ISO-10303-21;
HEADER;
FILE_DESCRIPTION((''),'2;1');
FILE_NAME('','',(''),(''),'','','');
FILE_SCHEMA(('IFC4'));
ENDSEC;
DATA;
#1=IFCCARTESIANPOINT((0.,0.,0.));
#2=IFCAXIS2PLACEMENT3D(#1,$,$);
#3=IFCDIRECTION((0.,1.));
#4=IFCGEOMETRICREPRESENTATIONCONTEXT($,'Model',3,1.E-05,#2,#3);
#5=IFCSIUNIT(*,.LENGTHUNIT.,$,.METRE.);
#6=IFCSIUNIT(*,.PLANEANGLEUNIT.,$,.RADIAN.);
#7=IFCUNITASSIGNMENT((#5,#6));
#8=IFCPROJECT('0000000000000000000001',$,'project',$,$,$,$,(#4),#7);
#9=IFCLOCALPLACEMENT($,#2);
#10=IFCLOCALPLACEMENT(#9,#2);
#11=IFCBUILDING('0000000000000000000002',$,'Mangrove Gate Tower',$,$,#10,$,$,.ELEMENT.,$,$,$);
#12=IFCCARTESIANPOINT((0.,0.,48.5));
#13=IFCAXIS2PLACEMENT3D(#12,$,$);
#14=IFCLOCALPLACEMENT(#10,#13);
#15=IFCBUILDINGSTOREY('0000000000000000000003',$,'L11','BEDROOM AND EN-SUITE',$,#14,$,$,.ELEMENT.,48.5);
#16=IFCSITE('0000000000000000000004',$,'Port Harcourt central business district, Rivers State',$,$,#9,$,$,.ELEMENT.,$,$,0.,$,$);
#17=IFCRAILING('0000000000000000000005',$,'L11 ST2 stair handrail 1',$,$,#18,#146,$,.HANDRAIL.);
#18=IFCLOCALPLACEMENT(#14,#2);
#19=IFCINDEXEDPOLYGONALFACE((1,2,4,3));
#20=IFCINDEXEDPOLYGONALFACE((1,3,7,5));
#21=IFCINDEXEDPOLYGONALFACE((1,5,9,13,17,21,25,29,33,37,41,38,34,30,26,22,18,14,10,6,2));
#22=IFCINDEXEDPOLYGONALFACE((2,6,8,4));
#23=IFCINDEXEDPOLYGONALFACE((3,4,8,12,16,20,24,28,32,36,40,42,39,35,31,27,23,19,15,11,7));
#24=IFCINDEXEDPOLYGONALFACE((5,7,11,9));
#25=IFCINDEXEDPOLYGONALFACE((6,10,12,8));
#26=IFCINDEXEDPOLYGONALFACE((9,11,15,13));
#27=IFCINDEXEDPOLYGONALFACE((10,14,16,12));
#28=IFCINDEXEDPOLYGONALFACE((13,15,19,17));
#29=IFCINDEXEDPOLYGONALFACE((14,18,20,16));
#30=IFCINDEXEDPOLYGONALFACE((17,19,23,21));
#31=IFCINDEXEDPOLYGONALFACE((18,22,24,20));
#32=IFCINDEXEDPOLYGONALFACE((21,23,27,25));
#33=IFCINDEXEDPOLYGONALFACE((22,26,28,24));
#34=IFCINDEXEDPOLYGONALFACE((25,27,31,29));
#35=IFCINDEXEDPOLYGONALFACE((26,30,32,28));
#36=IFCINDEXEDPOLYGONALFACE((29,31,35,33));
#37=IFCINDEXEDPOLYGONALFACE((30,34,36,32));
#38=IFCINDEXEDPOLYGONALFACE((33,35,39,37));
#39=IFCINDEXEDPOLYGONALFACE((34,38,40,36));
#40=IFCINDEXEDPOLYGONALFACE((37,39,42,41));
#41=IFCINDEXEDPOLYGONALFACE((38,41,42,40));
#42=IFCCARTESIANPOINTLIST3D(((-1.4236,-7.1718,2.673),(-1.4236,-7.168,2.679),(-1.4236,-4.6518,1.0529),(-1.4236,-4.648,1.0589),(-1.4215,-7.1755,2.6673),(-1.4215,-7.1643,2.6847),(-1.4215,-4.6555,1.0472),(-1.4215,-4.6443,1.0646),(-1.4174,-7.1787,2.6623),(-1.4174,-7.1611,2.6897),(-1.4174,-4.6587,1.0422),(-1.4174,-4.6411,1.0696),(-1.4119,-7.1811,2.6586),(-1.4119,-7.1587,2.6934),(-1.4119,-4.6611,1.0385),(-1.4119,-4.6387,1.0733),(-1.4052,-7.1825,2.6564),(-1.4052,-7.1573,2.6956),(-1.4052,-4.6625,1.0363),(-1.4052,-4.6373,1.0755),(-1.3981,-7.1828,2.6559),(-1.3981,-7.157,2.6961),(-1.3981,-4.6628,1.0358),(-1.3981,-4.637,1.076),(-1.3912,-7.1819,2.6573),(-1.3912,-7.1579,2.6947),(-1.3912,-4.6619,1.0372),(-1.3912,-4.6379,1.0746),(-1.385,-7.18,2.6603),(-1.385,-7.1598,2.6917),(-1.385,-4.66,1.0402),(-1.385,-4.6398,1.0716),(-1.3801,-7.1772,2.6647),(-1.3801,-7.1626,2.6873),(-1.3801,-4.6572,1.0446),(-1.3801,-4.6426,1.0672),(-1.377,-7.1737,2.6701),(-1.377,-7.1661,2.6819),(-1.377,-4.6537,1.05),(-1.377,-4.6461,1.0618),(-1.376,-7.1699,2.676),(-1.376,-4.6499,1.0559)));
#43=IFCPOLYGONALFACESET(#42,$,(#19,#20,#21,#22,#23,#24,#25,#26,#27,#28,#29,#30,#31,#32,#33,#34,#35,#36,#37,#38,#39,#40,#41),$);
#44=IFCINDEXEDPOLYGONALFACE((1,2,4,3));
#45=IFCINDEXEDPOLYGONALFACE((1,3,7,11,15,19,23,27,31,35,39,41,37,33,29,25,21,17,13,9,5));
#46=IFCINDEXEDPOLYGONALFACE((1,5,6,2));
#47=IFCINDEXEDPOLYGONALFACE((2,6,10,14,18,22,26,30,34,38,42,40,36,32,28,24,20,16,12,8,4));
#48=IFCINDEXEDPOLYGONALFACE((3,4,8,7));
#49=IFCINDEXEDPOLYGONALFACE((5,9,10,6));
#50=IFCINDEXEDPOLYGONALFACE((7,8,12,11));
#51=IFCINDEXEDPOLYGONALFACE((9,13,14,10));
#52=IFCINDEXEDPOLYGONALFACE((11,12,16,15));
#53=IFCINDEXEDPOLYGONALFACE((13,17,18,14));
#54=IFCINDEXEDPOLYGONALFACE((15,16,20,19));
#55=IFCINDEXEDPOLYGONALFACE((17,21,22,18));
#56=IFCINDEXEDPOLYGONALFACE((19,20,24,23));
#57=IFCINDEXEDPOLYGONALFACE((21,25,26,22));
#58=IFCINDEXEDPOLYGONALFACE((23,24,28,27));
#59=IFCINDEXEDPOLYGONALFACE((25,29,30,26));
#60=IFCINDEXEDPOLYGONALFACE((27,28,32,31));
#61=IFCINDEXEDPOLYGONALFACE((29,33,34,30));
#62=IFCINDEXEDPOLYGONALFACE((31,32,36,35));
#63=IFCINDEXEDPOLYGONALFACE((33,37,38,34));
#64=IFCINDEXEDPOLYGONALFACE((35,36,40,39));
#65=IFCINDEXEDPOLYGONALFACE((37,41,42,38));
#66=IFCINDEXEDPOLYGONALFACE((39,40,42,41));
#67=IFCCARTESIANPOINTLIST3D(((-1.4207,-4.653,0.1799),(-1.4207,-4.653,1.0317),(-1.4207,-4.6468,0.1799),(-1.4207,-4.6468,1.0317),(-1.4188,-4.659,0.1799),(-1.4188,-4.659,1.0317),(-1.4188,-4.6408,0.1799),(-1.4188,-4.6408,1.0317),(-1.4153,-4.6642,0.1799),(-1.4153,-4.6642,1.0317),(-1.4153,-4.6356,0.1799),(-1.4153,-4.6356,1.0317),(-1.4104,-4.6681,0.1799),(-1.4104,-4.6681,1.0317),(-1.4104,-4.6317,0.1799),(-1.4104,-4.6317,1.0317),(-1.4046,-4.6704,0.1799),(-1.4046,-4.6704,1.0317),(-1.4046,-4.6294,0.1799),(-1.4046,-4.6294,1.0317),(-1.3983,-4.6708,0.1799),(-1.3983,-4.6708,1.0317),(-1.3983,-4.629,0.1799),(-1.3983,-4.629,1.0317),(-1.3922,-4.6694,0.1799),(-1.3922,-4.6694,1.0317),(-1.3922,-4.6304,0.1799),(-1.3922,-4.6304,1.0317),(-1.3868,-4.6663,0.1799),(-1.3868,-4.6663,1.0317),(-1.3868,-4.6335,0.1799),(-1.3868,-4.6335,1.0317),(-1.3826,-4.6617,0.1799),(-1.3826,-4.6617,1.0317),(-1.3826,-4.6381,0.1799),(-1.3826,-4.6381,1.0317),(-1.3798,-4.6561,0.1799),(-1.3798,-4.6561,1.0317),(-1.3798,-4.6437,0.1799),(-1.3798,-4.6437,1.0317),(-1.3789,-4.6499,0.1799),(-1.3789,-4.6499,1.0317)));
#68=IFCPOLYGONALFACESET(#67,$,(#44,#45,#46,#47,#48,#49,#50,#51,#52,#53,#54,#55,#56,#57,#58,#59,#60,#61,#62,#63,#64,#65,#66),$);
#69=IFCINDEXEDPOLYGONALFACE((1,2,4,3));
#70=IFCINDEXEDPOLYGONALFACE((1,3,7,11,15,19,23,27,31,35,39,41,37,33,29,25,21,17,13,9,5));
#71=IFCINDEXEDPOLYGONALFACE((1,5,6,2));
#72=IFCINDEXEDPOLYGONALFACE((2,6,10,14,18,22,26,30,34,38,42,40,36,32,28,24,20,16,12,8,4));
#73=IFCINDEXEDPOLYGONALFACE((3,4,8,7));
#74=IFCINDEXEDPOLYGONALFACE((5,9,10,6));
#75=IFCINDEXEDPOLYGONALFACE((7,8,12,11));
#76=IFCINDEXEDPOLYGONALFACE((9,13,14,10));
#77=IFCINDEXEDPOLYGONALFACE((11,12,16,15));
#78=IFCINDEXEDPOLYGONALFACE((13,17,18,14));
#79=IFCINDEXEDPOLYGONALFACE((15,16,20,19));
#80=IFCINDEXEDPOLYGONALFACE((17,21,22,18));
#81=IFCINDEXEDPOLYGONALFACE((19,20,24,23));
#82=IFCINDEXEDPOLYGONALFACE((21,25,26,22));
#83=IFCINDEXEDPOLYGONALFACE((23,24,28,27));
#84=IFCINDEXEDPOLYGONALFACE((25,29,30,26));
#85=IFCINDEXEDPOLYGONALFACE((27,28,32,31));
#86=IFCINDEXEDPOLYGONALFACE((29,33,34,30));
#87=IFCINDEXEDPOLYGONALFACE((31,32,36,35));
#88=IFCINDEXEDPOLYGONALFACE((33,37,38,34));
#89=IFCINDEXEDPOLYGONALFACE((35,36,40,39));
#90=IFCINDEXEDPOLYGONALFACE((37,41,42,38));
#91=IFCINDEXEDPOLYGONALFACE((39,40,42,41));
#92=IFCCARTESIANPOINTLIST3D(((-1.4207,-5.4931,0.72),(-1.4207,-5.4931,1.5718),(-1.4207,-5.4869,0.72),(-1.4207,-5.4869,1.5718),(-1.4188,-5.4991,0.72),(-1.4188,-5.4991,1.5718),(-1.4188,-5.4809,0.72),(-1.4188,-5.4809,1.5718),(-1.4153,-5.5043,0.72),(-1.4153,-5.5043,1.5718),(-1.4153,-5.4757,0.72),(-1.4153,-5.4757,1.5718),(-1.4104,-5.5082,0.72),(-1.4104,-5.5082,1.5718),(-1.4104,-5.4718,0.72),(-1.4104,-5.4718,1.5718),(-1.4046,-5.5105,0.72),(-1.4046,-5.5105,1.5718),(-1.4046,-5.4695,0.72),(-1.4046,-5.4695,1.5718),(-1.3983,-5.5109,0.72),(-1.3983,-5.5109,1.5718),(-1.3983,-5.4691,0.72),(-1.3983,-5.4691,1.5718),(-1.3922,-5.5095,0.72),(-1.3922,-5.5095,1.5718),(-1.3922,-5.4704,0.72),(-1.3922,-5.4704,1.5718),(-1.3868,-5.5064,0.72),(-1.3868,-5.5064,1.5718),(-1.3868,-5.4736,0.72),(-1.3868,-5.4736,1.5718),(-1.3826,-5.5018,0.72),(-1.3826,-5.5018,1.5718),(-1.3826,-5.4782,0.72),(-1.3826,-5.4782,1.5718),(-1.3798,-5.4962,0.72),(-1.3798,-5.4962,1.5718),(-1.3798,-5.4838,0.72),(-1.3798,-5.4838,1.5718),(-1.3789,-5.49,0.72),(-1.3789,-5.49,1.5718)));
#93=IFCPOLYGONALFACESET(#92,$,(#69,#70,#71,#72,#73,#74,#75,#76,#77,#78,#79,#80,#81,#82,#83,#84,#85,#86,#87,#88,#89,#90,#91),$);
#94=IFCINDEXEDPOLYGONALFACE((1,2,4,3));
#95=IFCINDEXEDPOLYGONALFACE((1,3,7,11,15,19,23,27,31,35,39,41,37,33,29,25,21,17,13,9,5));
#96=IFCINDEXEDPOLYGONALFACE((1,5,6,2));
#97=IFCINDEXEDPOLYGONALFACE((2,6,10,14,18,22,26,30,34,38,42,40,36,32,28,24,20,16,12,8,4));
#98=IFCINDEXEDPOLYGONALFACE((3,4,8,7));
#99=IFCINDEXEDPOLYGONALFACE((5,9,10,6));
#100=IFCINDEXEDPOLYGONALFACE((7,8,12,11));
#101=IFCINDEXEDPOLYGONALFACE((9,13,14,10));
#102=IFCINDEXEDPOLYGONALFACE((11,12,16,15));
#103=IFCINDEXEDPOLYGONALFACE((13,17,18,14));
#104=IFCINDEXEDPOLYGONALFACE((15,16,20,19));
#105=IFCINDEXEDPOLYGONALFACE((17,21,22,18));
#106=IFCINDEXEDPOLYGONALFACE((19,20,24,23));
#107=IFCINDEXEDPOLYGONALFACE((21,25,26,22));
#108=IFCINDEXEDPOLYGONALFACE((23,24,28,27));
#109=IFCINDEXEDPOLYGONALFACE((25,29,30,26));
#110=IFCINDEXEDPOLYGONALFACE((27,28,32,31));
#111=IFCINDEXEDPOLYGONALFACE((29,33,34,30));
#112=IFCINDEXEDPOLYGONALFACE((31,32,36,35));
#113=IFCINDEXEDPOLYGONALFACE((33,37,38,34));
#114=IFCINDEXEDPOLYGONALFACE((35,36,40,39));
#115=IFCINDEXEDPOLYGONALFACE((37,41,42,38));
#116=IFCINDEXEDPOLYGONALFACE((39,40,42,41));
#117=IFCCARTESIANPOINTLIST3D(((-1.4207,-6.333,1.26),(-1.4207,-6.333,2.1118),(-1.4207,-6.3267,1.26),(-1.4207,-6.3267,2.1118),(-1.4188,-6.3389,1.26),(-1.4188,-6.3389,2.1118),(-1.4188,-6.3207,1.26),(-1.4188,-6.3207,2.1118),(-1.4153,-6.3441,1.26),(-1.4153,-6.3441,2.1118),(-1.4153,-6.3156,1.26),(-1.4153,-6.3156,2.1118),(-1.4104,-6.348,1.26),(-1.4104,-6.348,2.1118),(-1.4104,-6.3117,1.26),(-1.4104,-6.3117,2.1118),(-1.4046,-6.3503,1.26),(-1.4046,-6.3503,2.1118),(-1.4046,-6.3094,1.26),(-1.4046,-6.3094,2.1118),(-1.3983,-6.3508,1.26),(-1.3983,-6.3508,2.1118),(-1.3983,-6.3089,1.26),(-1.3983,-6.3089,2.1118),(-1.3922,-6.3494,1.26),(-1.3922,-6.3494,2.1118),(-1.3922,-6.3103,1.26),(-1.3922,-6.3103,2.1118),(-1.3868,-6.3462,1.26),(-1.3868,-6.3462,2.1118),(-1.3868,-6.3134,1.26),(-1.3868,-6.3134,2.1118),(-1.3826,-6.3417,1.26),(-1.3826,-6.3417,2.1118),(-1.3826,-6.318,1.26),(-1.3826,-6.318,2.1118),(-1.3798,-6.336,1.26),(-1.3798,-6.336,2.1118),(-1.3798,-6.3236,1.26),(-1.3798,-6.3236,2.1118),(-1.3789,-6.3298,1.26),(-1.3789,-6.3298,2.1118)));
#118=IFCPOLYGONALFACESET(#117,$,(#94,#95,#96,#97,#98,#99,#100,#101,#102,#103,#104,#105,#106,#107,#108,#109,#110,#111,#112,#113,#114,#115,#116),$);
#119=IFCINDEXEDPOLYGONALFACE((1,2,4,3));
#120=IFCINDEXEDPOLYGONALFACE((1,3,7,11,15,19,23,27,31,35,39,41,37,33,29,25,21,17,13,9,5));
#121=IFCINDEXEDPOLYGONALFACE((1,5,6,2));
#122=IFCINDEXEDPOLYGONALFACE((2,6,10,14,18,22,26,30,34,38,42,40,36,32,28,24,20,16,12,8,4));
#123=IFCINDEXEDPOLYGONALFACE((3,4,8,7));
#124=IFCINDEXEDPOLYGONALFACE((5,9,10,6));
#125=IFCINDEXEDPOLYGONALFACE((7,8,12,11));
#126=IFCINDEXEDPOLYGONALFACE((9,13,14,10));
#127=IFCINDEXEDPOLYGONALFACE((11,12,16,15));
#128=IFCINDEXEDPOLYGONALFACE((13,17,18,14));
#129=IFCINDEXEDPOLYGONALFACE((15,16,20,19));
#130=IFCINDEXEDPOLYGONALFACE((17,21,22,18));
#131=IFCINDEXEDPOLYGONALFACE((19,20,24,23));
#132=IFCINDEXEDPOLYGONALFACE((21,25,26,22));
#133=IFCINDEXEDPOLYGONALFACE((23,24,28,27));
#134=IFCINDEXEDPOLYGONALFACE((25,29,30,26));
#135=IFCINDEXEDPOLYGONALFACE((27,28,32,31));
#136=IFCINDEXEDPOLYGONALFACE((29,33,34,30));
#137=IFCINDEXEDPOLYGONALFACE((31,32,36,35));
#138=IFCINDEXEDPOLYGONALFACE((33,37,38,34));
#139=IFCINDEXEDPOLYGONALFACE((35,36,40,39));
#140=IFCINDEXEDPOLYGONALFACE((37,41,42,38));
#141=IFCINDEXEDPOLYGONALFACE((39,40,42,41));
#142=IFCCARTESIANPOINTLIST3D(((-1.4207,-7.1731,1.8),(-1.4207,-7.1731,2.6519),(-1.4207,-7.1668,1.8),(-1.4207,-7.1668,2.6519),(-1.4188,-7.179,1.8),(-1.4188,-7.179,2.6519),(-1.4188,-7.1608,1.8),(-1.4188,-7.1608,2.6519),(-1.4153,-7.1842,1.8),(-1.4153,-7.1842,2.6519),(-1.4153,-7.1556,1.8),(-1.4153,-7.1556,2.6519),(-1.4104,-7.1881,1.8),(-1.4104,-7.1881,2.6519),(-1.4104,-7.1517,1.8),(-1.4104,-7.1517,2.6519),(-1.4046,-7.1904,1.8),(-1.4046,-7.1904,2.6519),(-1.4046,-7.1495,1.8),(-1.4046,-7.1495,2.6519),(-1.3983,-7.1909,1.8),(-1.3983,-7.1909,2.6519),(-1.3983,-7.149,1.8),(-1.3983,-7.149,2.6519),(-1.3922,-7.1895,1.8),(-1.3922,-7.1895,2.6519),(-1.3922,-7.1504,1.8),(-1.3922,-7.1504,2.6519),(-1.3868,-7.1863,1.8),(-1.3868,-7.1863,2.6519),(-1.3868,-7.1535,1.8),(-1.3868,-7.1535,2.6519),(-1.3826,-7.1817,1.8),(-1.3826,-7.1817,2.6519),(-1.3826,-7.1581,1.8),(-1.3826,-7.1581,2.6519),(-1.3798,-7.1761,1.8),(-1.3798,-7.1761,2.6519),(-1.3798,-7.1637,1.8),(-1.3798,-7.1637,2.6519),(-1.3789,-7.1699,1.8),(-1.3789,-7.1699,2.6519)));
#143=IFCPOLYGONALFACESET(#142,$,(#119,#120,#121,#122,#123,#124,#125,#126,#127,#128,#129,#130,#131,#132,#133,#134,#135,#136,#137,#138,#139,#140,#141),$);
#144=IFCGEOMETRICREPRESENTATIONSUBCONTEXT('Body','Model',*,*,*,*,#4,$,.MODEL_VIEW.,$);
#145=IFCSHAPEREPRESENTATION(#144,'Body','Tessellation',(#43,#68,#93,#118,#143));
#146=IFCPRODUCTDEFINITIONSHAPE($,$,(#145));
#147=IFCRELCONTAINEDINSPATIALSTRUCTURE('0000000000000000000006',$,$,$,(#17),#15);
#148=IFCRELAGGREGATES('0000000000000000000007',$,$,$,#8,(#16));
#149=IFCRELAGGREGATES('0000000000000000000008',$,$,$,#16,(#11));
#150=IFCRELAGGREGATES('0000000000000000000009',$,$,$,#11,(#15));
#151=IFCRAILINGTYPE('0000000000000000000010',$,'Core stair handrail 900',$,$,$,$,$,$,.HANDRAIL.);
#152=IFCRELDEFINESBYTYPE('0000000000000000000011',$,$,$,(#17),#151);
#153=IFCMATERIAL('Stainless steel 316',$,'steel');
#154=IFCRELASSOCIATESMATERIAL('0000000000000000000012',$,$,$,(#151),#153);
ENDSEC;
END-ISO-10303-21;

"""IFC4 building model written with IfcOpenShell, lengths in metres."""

from ifc_helpers import new_model, si_unit, direction, frame, origin, origin_2d, place, context, subcontext, project, spatial, circle, extrude, material, type_object, element, save


model = new_model("IFC4")

# Units and contexts
model_context = context("Model", 3, precision=1e-05, world=origin(), true_north=direction((0.0, 1.0)))
body_context = subcontext(model_context, "Body", "Model", "MODEL_VIEW")
ifc_project = project(units=[si_unit("LENGTHUNIT", "METRE"), si_unit("PLANEANGLEUNIT", "RADIAN")], contexts=[model_context])

# Site, building, storey
site_placement = place(None, origin())
site = spatial("IfcSite", under=ifc_project, at=site_placement, Name="Port Harcourt central business district, Rivers State", CompositionType="ELEMENT", RefElevation=0.0)
building_placement = place(site_placement, origin())
building = spatial("IfcBuilding", under=site, at=building_placement, Name="Mangrove Gate Tower", CompositionType="ELEMENT")
storey_placement = place(building_placement, frame((0.0, 0.0, 48.5)))
storey = spatial("IfcBuildingStorey", under=building, at=storey_placement, Name="L11", Description="BEDROOM AND EN-SUITE", CompositionType="ELEMENT", Elevation=48.5)

# Railing
ifc_material_1 = material(Name="Stainless steel 316", Category="steel")
railing_type_1 = type_object("IfcRailingType", Name="Core stair handrail 900", PredefinedType="HANDRAIL", material=ifc_material_1)
railing_1_placement = place(storey_placement, frame((-1.3999, -4.6499, 0.1799)))
element("IfcRailing", 1, at=railing_1_placement, inside=storey, type_object=railing_type_1, Name="L11 ST2 stair handrail 1", PredefinedType="HANDRAIL", context=body_context, shape_type="SweptSolid", body=[
    extrude(circle(Radius=0.0239, at=origin_2d()), frame((0.0, 0.0, 0.876), z_axis=(0.0, -0.841163, 0.540782), x_axis=(1.0, 0.0, 0.0)), (0.0, 0.0, 1.0), 2.9958),
    extrude(circle(Radius=0.021, at=origin_2d()), origin(), (0.0, 0.0, 1.0), 0.8518),
    extrude(circle(Radius=0.021, at=origin_2d()), frame((0.0, -0.8401, 0.54)), (0.0, 0.0, 1.0), 0.8518),
    extrude(circle(Radius=0.021, at=origin_2d()), frame((0.0, -1.6799, 1.0801)), (0.0, 0.0, 1.0), 0.8518),
    extrude(circle(Radius=0.021, at=origin_2d()), frame((0.0, -2.52, 1.6201)), (0.0, 0.0, 1.0), 0.8518),
])

save(model, "model.ifc")
